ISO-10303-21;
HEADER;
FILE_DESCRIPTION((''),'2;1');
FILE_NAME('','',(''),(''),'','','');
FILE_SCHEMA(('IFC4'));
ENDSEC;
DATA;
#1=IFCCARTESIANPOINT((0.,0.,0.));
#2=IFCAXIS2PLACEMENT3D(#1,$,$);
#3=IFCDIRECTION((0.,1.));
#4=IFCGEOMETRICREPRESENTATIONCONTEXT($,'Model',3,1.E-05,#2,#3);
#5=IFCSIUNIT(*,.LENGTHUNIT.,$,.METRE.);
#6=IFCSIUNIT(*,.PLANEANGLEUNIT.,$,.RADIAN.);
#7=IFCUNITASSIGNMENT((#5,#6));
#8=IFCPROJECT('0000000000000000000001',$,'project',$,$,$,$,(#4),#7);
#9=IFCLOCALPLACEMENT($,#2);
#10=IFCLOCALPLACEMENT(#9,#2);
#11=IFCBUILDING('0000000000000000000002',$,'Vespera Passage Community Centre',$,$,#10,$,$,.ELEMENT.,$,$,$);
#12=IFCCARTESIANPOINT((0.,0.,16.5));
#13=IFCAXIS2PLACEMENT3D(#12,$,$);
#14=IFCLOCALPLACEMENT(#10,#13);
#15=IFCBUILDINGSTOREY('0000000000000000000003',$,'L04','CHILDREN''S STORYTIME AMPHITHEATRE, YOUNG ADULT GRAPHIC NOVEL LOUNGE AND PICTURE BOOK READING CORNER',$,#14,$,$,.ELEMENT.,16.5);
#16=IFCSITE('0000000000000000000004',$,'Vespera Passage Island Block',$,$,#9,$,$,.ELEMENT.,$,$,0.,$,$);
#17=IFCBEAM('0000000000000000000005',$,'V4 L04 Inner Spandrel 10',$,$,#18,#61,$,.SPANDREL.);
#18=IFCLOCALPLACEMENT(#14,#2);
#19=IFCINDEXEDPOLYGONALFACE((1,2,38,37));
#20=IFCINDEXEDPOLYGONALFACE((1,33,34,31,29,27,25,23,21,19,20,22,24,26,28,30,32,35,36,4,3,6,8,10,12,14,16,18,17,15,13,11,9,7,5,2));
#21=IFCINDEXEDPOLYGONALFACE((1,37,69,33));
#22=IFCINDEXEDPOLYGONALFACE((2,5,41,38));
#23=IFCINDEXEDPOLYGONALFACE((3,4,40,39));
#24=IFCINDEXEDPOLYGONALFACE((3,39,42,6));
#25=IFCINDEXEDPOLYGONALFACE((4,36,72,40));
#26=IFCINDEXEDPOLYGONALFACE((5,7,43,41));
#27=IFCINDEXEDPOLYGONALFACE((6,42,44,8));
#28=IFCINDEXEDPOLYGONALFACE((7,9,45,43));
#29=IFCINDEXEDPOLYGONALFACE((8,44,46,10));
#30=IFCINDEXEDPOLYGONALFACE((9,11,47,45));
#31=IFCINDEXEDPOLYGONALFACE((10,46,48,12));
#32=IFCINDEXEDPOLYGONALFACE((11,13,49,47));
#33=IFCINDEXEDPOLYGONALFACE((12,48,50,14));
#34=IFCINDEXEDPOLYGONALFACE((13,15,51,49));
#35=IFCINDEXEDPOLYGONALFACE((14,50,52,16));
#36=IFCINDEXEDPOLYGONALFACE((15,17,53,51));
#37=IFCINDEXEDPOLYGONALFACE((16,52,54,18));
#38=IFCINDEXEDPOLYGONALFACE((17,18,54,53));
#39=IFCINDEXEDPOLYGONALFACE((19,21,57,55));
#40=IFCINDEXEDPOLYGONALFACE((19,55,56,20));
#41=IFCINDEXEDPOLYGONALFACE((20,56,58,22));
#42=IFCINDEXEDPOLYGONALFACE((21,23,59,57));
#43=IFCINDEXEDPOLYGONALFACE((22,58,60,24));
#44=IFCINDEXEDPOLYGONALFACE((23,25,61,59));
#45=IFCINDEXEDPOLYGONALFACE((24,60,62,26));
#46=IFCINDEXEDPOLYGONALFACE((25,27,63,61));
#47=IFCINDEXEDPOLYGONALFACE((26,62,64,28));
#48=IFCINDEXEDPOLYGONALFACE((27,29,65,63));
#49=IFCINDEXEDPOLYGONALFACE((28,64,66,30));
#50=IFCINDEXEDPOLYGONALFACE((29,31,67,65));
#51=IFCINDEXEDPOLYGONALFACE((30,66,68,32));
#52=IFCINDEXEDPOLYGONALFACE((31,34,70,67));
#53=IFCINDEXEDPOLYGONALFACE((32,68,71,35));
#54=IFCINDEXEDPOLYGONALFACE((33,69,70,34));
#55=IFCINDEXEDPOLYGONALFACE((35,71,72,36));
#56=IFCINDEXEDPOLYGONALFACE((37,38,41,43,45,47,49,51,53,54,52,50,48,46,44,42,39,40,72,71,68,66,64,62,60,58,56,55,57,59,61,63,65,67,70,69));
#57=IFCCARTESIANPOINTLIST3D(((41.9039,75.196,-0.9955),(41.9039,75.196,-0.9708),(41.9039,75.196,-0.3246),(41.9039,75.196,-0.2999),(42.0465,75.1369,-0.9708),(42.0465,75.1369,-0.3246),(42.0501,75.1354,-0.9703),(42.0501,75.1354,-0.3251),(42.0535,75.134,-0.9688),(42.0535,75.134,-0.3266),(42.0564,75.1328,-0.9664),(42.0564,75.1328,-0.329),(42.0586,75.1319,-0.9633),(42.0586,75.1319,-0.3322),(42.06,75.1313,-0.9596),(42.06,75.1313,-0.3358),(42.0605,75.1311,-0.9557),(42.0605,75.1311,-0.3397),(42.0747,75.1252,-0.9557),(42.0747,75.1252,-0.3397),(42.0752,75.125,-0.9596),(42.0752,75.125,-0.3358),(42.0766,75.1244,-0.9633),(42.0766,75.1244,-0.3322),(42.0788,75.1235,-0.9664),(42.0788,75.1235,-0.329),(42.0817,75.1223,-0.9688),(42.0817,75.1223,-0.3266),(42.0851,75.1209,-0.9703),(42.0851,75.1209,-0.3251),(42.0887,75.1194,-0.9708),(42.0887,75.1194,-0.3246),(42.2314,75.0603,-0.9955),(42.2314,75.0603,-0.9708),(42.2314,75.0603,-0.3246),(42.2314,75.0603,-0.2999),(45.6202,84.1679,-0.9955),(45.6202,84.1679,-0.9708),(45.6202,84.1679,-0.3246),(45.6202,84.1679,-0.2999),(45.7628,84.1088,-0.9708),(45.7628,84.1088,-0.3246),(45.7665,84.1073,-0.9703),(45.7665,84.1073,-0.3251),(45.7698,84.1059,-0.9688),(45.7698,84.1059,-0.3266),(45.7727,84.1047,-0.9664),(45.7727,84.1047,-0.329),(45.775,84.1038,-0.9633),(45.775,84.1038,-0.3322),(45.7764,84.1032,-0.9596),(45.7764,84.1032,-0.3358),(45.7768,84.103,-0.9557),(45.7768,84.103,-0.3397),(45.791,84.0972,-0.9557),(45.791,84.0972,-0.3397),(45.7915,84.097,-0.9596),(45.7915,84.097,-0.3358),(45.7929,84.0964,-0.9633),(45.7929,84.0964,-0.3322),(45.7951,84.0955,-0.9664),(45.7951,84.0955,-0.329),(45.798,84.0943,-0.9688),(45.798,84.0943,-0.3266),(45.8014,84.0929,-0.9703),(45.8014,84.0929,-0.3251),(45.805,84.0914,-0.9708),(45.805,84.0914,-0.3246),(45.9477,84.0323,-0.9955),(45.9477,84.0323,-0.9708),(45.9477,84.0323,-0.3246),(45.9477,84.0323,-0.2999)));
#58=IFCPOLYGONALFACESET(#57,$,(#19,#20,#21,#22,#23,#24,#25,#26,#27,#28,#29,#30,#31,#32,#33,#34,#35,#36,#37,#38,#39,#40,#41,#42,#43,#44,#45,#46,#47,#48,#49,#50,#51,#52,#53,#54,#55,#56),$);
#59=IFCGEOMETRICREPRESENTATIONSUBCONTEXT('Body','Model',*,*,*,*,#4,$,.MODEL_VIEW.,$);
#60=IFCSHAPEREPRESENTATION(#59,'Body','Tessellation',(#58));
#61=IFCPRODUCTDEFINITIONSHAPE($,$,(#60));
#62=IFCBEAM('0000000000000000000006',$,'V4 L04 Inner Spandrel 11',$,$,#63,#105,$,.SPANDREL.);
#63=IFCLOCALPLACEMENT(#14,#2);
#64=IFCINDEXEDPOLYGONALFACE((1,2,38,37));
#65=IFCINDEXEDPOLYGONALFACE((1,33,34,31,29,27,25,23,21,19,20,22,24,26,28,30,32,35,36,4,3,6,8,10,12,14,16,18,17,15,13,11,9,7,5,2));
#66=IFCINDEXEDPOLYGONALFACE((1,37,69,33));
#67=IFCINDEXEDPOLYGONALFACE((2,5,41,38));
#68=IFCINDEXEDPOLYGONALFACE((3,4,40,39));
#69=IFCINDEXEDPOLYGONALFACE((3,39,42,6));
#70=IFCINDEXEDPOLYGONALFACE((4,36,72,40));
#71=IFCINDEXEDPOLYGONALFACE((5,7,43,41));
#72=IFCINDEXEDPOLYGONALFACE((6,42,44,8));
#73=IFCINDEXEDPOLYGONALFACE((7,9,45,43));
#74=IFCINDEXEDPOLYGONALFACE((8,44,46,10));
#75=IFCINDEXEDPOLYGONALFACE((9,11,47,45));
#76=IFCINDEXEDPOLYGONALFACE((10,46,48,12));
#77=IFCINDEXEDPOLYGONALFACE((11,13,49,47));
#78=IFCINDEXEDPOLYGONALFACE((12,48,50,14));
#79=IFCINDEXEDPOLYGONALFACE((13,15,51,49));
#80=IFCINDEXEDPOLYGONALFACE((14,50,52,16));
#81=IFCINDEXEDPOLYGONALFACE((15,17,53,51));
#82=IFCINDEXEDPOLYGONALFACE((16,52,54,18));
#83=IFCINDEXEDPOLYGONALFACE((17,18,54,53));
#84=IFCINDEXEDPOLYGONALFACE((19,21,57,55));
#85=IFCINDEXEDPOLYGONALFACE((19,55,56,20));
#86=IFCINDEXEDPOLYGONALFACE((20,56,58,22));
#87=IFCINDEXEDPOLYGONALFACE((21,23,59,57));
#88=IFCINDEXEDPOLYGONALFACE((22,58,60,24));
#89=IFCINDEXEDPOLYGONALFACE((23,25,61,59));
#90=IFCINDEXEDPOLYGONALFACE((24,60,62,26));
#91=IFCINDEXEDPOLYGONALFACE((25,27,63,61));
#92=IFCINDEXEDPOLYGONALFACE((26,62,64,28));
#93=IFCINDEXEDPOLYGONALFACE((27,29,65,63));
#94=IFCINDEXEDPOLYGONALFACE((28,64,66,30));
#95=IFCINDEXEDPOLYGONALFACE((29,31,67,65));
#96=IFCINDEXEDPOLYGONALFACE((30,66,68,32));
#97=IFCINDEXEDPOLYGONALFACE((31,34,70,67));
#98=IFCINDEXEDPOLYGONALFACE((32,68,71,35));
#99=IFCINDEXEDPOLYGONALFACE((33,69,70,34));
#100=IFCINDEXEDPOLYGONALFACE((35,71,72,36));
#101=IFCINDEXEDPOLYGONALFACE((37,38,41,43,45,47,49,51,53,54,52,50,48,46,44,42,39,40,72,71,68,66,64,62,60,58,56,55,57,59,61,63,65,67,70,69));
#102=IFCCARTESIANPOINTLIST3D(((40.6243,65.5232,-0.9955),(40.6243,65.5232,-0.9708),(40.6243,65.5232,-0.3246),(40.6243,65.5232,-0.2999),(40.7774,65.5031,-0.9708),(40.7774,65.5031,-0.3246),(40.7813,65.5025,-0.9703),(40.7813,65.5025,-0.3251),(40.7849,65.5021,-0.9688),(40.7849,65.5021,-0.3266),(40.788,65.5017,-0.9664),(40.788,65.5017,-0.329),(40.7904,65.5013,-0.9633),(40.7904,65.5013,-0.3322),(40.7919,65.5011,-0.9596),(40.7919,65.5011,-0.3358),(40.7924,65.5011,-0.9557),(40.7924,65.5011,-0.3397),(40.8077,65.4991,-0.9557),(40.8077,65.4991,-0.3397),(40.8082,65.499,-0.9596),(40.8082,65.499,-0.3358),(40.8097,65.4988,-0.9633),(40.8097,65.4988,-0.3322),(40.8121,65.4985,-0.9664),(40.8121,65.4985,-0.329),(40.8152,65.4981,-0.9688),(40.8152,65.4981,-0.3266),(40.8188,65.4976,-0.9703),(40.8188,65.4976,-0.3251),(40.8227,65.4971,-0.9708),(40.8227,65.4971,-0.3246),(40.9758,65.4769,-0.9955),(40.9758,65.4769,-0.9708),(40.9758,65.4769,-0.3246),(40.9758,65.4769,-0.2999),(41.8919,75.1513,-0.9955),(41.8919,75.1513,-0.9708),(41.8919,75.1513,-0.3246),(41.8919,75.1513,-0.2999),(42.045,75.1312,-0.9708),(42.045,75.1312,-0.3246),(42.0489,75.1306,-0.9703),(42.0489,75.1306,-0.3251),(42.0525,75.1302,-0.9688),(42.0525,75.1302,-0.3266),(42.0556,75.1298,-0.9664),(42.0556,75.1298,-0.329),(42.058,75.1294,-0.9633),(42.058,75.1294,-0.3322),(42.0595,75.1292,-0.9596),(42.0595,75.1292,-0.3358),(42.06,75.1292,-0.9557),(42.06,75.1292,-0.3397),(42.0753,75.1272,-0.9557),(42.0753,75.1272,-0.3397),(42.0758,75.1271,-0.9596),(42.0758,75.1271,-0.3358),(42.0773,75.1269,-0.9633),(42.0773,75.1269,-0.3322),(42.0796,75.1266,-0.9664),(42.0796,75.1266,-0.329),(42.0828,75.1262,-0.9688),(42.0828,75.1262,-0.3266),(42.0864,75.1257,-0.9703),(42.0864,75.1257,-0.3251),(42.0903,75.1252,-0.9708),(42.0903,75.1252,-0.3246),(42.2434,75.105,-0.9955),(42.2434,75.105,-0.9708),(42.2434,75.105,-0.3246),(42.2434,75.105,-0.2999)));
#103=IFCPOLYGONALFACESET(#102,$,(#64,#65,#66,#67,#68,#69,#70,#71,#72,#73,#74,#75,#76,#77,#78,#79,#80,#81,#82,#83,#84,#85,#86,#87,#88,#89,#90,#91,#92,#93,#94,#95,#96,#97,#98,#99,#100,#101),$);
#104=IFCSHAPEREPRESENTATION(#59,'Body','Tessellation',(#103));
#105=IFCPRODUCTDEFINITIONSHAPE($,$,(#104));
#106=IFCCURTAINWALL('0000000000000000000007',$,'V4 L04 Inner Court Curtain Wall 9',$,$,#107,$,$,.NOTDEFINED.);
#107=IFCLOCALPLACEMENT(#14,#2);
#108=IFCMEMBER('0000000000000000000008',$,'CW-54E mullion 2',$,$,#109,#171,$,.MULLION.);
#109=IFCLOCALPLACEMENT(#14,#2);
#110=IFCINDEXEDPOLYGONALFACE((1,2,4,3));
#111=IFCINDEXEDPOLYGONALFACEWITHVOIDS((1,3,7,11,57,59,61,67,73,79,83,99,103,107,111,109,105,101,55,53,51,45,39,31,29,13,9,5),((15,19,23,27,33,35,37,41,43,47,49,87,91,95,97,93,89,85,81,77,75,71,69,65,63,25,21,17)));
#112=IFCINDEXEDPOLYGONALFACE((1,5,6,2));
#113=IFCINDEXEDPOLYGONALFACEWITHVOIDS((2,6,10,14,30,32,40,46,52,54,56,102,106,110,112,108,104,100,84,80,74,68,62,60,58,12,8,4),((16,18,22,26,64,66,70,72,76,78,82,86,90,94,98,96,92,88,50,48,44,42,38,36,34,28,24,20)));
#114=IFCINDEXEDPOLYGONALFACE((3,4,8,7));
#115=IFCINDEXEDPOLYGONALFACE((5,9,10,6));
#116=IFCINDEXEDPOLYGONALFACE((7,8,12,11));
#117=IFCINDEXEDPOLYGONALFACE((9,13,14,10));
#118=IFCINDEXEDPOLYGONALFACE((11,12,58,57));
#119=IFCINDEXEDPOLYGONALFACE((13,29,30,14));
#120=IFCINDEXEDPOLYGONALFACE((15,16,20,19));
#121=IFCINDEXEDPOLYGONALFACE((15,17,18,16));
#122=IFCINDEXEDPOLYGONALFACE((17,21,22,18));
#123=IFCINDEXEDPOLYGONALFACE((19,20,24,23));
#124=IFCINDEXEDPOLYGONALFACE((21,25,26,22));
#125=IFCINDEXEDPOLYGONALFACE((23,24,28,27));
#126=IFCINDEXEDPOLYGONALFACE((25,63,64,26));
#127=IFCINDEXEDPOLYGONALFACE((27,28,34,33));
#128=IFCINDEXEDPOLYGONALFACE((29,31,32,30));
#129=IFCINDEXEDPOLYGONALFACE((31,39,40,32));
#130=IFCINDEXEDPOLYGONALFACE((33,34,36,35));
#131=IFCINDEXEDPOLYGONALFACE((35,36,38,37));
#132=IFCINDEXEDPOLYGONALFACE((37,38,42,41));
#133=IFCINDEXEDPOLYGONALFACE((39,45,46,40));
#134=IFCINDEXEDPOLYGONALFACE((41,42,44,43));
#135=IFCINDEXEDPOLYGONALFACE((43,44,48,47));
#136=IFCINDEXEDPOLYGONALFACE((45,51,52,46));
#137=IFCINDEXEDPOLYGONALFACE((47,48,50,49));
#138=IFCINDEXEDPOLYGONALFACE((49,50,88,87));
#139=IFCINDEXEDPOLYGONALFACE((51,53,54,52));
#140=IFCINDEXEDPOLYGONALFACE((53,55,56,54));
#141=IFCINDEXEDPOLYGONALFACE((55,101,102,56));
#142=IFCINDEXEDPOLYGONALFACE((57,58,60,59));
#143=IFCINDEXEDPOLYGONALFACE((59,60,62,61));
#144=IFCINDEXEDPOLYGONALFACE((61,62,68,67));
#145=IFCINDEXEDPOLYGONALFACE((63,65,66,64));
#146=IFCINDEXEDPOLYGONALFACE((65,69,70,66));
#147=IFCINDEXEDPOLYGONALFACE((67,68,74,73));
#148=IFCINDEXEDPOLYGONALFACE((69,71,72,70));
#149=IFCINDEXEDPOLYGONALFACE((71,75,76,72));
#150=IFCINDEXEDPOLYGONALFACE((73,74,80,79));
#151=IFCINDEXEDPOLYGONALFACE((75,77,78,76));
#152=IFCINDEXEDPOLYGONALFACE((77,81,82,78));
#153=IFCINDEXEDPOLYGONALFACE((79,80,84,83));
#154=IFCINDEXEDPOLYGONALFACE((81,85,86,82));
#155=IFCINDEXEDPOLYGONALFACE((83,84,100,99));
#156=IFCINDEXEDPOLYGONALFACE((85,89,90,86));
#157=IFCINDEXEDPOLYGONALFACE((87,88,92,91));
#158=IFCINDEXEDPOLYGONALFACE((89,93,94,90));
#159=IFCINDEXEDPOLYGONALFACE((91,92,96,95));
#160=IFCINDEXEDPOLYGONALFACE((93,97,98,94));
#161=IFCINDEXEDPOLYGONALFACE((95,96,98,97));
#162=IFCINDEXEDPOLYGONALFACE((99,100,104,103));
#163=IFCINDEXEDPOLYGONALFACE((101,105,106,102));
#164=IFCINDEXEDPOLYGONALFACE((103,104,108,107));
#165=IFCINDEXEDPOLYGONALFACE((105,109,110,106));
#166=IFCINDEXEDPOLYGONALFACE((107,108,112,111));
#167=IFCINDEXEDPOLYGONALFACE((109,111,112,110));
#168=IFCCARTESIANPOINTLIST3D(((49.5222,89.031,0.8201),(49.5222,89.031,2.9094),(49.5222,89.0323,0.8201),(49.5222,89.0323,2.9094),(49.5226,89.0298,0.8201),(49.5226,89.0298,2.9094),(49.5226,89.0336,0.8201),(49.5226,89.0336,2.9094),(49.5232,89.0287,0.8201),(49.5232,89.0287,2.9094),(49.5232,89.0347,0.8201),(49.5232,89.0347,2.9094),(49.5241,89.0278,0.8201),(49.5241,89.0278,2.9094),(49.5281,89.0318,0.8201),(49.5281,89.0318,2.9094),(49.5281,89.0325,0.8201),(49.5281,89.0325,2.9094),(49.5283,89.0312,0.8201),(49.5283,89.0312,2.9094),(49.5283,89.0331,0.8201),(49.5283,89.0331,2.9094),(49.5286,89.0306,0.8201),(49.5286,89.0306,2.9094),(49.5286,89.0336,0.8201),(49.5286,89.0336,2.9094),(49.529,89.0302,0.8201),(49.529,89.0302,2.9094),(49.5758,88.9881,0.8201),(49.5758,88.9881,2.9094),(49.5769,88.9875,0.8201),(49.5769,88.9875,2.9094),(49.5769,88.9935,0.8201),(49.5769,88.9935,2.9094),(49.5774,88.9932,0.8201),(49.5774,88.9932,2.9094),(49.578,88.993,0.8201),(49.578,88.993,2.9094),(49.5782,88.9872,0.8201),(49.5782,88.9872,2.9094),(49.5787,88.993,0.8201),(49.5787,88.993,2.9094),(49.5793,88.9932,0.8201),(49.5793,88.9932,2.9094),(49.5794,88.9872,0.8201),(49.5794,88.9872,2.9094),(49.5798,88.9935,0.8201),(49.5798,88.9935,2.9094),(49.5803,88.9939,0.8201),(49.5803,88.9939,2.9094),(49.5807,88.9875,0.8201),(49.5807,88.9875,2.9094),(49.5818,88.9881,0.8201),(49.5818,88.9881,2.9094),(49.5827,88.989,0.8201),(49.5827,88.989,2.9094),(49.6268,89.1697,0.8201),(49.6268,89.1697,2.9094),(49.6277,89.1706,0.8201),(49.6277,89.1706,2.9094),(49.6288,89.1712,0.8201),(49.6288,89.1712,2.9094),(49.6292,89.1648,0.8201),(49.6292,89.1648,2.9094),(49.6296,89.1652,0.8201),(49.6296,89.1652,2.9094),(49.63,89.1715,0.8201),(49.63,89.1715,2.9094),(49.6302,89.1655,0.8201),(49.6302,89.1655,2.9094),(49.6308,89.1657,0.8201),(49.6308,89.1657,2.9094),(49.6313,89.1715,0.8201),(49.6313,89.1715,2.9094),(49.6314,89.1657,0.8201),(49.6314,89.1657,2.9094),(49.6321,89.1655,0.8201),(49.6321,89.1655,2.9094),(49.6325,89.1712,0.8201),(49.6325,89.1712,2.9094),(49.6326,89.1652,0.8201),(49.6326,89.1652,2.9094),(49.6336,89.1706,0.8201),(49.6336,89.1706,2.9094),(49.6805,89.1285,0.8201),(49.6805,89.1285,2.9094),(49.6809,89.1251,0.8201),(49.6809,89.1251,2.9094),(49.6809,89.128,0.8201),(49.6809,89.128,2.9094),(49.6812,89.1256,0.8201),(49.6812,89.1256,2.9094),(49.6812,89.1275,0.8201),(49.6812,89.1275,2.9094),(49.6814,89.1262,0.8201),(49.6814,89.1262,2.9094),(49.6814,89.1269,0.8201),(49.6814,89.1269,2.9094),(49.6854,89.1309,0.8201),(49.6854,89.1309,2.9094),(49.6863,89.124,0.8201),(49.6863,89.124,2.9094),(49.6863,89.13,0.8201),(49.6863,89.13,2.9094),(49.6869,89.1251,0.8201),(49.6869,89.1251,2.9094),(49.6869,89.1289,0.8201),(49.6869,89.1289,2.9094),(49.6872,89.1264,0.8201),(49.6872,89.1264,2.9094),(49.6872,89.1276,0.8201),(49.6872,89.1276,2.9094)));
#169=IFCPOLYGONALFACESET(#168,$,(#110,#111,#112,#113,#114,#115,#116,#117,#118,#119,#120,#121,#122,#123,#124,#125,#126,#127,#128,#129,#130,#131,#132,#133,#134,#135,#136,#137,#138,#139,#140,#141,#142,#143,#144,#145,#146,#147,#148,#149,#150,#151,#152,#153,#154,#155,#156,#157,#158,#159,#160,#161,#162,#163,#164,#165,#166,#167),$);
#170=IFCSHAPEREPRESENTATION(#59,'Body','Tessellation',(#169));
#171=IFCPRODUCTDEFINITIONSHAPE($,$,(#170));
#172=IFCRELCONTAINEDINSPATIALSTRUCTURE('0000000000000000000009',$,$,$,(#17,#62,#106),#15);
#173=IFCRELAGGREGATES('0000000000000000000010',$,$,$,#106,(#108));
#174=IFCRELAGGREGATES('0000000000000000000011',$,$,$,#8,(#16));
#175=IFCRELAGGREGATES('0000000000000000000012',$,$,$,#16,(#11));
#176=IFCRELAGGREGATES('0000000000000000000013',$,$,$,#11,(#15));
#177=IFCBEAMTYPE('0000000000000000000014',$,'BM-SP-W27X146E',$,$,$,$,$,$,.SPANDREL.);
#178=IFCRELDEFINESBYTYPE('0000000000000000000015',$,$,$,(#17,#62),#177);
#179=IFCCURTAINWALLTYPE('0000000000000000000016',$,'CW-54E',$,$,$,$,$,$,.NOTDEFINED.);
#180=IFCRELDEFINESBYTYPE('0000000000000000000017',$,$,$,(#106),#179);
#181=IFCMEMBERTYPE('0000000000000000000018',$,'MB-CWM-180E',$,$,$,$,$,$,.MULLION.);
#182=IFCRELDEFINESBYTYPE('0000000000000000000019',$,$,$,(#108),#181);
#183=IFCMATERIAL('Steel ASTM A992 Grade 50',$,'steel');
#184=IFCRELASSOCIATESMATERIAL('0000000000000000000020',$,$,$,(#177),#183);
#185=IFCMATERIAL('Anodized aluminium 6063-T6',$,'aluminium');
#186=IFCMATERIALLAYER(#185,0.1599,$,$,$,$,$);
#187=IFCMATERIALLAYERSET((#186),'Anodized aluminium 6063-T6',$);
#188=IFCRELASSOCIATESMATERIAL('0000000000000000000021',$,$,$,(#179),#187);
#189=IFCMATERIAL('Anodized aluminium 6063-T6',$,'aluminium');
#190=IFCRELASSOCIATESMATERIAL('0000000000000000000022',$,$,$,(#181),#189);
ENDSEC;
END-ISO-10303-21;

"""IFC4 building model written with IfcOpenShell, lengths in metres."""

from ifc_helpers import new_model, si_unit, direction, frame, origin, origin_2d, place, context, subcontext, project, spatial, hollow_rectangle, i_section, extrude, material, layer, layer_set, material_profile, profile_set, type_object, element, aggregate, save


model = new_model("IFC4")

# Units and contexts
model_context = context("Model", 3, precision=1e-05, world=origin(), true_north=direction((0.0, 1.0)))
body_context = subcontext(model_context, "Body", "Model", "MODEL_VIEW")
ifc_project = project(units=[si_unit("LENGTHUNIT", "METRE"), si_unit("PLANEANGLEUNIT", "RADIAN")], contexts=[model_context])

# Site, building, storey
site_placement = place(None, origin())
site = spatial("IfcSite", under=ifc_project, at=site_placement, Name="Vespera Passage Island Block", CompositionType="ELEMENT", RefElevation=0.0)
building_placement = place(site_placement, origin())
building = spatial("IfcBuilding", under=site, at=building_placement, Name="Vespera Passage Community Centre", CompositionType="ELEMENT")
storey_placement = place(building_placement, frame((0.0, 0.0, 16.5)))
storey = spatial("IfcBuildingStorey", under=building, at=storey_placement, Name="L04", Description="CHILDREN'S STORYTIME AMPHITHEATRE, YOUNG ADULT GRAPHIC NOVEL LOUNGE AND PICTURE BOOK READING CORNER", CompositionType="ELEMENT", Elevation=16.5)

# Beams
ifc_material_1 = material(Name="Steel ASTM A992 Grade 50", Category="steel")
ifc_material_profile_1 = material_profile(ifc_material_1, i_section(OverallWidth=0.3545, OverallDepth=0.6956, WebThickness=0.0154, FlangeThickness=0.0247, FilletRadius=0.0151, at=origin_2d()), Name="W27X146")
ifc_profile_set_1 = profile_set([ifc_material_profile_1], Name="Steel ASTM A992 Grade 50")
beam_type_1 = type_object("IfcBeamType", Name="BM-SP-W27X146E", PredefinedType="SPANDREL", material=ifc_profile_set_1)
for number, where, z_axis, x_axis, name in (
    (1, (45.7839, 84.1001, -0.6477), (-0.382685, -0.923879, 0.0), (0.923879, -0.382685, 0.0), "V4 L04 Inner Spandrel 10"),
    (2, (42.0676, 75.1282, -0.6477), (-0.130527, -0.991445, 0.0), (0.991445, -0.130527, 0.0), "V4 L04 Inner Spandrel 11"),
):
    element("IfcBeam", number, at=place(storey_placement, frame(where, z_axis=z_axis, x_axis=x_axis)), inside=storey, type_object=beam_type_1, Name=name, PredefinedType="SPANDREL", context=body_context, shape_type="SweptSolid", body=[
        extrude(i_section(OverallWidth=0.3545, OverallDepth=0.6956, WebThickness=0.0154, FlangeThickness=0.0247, FilletRadius=0.0151, at=origin_2d()), origin(), (0.0, 0.0, 1.0), 9.7112),
    ])

# Curtain wall, member
ifc_material_2 = material(Name="Anodized aluminium 6063-T6", Category="aluminium")
ifc_layer_1 = layer(ifc_material_2, 0.1599)
ifc_layer_set_1 = layer_set([ifc_layer_1], Name="Anodized aluminium 6063-T6")
curtain_wall_type = type_object("IfcCurtainWallType", Name="CW-54E", PredefinedType="NOTDEFINED", material=ifc_layer_set_1)
curtain_wall_placement = place(storey_placement, origin())
curtain_wall = element("IfcCurtainWall", 3, at=curtain_wall_placement, inside=storey, type_object=curtain_wall_type, Name="V4 L04 Inner Court Curtain Wall 9", PredefinedType="NOTDEFINED")
ifc_material_3 = material(Name="Anodized aluminium 6063-T6", Category="aluminium")
ifc_material_profile_2 = material_profile(ifc_material_3, hollow_rectangle(XDim=0.075, YDim=0.1799, WallThickness=0.0049, InnerFilletRadius=0.0024, OuterFilletRadius=0.0049, at=origin_2d()), Name="ALU180X75X5")
ifc_profile_set_2 = profile_set([ifc_material_profile_2], Name="Anodized aluminium 6063-T6")
member_type_1 = type_object("IfcMemberType", Name="MB-CWM-180E", PredefinedType="MULLION", material=ifc_profile_set_2)
member_1_placement = place(storey_placement, frame((49.6047, 89.0793, 0.8201), z_axis=(0.0, 0.0, 1.0), x_axis=(0.793358, -0.608755, 0.0)))
member_1 = element("IfcMember", 4, at=member_1_placement, type_object=member_type_1, Name="CW-54E mullion 2", PredefinedType="MULLION", context=body_context, shape_type="SweptSolid", body=[
    extrude(hollow_rectangle(XDim=0.075, YDim=0.1799, WallThickness=0.0049, InnerFilletRadius=0.0024, OuterFilletRadius=0.0049, at=origin_2d()), origin(), (0.0, 0.0, 1.0), 2.0894),
])
aggregate(curtain_wall, [member_1])

save(model, "model.ifc")
